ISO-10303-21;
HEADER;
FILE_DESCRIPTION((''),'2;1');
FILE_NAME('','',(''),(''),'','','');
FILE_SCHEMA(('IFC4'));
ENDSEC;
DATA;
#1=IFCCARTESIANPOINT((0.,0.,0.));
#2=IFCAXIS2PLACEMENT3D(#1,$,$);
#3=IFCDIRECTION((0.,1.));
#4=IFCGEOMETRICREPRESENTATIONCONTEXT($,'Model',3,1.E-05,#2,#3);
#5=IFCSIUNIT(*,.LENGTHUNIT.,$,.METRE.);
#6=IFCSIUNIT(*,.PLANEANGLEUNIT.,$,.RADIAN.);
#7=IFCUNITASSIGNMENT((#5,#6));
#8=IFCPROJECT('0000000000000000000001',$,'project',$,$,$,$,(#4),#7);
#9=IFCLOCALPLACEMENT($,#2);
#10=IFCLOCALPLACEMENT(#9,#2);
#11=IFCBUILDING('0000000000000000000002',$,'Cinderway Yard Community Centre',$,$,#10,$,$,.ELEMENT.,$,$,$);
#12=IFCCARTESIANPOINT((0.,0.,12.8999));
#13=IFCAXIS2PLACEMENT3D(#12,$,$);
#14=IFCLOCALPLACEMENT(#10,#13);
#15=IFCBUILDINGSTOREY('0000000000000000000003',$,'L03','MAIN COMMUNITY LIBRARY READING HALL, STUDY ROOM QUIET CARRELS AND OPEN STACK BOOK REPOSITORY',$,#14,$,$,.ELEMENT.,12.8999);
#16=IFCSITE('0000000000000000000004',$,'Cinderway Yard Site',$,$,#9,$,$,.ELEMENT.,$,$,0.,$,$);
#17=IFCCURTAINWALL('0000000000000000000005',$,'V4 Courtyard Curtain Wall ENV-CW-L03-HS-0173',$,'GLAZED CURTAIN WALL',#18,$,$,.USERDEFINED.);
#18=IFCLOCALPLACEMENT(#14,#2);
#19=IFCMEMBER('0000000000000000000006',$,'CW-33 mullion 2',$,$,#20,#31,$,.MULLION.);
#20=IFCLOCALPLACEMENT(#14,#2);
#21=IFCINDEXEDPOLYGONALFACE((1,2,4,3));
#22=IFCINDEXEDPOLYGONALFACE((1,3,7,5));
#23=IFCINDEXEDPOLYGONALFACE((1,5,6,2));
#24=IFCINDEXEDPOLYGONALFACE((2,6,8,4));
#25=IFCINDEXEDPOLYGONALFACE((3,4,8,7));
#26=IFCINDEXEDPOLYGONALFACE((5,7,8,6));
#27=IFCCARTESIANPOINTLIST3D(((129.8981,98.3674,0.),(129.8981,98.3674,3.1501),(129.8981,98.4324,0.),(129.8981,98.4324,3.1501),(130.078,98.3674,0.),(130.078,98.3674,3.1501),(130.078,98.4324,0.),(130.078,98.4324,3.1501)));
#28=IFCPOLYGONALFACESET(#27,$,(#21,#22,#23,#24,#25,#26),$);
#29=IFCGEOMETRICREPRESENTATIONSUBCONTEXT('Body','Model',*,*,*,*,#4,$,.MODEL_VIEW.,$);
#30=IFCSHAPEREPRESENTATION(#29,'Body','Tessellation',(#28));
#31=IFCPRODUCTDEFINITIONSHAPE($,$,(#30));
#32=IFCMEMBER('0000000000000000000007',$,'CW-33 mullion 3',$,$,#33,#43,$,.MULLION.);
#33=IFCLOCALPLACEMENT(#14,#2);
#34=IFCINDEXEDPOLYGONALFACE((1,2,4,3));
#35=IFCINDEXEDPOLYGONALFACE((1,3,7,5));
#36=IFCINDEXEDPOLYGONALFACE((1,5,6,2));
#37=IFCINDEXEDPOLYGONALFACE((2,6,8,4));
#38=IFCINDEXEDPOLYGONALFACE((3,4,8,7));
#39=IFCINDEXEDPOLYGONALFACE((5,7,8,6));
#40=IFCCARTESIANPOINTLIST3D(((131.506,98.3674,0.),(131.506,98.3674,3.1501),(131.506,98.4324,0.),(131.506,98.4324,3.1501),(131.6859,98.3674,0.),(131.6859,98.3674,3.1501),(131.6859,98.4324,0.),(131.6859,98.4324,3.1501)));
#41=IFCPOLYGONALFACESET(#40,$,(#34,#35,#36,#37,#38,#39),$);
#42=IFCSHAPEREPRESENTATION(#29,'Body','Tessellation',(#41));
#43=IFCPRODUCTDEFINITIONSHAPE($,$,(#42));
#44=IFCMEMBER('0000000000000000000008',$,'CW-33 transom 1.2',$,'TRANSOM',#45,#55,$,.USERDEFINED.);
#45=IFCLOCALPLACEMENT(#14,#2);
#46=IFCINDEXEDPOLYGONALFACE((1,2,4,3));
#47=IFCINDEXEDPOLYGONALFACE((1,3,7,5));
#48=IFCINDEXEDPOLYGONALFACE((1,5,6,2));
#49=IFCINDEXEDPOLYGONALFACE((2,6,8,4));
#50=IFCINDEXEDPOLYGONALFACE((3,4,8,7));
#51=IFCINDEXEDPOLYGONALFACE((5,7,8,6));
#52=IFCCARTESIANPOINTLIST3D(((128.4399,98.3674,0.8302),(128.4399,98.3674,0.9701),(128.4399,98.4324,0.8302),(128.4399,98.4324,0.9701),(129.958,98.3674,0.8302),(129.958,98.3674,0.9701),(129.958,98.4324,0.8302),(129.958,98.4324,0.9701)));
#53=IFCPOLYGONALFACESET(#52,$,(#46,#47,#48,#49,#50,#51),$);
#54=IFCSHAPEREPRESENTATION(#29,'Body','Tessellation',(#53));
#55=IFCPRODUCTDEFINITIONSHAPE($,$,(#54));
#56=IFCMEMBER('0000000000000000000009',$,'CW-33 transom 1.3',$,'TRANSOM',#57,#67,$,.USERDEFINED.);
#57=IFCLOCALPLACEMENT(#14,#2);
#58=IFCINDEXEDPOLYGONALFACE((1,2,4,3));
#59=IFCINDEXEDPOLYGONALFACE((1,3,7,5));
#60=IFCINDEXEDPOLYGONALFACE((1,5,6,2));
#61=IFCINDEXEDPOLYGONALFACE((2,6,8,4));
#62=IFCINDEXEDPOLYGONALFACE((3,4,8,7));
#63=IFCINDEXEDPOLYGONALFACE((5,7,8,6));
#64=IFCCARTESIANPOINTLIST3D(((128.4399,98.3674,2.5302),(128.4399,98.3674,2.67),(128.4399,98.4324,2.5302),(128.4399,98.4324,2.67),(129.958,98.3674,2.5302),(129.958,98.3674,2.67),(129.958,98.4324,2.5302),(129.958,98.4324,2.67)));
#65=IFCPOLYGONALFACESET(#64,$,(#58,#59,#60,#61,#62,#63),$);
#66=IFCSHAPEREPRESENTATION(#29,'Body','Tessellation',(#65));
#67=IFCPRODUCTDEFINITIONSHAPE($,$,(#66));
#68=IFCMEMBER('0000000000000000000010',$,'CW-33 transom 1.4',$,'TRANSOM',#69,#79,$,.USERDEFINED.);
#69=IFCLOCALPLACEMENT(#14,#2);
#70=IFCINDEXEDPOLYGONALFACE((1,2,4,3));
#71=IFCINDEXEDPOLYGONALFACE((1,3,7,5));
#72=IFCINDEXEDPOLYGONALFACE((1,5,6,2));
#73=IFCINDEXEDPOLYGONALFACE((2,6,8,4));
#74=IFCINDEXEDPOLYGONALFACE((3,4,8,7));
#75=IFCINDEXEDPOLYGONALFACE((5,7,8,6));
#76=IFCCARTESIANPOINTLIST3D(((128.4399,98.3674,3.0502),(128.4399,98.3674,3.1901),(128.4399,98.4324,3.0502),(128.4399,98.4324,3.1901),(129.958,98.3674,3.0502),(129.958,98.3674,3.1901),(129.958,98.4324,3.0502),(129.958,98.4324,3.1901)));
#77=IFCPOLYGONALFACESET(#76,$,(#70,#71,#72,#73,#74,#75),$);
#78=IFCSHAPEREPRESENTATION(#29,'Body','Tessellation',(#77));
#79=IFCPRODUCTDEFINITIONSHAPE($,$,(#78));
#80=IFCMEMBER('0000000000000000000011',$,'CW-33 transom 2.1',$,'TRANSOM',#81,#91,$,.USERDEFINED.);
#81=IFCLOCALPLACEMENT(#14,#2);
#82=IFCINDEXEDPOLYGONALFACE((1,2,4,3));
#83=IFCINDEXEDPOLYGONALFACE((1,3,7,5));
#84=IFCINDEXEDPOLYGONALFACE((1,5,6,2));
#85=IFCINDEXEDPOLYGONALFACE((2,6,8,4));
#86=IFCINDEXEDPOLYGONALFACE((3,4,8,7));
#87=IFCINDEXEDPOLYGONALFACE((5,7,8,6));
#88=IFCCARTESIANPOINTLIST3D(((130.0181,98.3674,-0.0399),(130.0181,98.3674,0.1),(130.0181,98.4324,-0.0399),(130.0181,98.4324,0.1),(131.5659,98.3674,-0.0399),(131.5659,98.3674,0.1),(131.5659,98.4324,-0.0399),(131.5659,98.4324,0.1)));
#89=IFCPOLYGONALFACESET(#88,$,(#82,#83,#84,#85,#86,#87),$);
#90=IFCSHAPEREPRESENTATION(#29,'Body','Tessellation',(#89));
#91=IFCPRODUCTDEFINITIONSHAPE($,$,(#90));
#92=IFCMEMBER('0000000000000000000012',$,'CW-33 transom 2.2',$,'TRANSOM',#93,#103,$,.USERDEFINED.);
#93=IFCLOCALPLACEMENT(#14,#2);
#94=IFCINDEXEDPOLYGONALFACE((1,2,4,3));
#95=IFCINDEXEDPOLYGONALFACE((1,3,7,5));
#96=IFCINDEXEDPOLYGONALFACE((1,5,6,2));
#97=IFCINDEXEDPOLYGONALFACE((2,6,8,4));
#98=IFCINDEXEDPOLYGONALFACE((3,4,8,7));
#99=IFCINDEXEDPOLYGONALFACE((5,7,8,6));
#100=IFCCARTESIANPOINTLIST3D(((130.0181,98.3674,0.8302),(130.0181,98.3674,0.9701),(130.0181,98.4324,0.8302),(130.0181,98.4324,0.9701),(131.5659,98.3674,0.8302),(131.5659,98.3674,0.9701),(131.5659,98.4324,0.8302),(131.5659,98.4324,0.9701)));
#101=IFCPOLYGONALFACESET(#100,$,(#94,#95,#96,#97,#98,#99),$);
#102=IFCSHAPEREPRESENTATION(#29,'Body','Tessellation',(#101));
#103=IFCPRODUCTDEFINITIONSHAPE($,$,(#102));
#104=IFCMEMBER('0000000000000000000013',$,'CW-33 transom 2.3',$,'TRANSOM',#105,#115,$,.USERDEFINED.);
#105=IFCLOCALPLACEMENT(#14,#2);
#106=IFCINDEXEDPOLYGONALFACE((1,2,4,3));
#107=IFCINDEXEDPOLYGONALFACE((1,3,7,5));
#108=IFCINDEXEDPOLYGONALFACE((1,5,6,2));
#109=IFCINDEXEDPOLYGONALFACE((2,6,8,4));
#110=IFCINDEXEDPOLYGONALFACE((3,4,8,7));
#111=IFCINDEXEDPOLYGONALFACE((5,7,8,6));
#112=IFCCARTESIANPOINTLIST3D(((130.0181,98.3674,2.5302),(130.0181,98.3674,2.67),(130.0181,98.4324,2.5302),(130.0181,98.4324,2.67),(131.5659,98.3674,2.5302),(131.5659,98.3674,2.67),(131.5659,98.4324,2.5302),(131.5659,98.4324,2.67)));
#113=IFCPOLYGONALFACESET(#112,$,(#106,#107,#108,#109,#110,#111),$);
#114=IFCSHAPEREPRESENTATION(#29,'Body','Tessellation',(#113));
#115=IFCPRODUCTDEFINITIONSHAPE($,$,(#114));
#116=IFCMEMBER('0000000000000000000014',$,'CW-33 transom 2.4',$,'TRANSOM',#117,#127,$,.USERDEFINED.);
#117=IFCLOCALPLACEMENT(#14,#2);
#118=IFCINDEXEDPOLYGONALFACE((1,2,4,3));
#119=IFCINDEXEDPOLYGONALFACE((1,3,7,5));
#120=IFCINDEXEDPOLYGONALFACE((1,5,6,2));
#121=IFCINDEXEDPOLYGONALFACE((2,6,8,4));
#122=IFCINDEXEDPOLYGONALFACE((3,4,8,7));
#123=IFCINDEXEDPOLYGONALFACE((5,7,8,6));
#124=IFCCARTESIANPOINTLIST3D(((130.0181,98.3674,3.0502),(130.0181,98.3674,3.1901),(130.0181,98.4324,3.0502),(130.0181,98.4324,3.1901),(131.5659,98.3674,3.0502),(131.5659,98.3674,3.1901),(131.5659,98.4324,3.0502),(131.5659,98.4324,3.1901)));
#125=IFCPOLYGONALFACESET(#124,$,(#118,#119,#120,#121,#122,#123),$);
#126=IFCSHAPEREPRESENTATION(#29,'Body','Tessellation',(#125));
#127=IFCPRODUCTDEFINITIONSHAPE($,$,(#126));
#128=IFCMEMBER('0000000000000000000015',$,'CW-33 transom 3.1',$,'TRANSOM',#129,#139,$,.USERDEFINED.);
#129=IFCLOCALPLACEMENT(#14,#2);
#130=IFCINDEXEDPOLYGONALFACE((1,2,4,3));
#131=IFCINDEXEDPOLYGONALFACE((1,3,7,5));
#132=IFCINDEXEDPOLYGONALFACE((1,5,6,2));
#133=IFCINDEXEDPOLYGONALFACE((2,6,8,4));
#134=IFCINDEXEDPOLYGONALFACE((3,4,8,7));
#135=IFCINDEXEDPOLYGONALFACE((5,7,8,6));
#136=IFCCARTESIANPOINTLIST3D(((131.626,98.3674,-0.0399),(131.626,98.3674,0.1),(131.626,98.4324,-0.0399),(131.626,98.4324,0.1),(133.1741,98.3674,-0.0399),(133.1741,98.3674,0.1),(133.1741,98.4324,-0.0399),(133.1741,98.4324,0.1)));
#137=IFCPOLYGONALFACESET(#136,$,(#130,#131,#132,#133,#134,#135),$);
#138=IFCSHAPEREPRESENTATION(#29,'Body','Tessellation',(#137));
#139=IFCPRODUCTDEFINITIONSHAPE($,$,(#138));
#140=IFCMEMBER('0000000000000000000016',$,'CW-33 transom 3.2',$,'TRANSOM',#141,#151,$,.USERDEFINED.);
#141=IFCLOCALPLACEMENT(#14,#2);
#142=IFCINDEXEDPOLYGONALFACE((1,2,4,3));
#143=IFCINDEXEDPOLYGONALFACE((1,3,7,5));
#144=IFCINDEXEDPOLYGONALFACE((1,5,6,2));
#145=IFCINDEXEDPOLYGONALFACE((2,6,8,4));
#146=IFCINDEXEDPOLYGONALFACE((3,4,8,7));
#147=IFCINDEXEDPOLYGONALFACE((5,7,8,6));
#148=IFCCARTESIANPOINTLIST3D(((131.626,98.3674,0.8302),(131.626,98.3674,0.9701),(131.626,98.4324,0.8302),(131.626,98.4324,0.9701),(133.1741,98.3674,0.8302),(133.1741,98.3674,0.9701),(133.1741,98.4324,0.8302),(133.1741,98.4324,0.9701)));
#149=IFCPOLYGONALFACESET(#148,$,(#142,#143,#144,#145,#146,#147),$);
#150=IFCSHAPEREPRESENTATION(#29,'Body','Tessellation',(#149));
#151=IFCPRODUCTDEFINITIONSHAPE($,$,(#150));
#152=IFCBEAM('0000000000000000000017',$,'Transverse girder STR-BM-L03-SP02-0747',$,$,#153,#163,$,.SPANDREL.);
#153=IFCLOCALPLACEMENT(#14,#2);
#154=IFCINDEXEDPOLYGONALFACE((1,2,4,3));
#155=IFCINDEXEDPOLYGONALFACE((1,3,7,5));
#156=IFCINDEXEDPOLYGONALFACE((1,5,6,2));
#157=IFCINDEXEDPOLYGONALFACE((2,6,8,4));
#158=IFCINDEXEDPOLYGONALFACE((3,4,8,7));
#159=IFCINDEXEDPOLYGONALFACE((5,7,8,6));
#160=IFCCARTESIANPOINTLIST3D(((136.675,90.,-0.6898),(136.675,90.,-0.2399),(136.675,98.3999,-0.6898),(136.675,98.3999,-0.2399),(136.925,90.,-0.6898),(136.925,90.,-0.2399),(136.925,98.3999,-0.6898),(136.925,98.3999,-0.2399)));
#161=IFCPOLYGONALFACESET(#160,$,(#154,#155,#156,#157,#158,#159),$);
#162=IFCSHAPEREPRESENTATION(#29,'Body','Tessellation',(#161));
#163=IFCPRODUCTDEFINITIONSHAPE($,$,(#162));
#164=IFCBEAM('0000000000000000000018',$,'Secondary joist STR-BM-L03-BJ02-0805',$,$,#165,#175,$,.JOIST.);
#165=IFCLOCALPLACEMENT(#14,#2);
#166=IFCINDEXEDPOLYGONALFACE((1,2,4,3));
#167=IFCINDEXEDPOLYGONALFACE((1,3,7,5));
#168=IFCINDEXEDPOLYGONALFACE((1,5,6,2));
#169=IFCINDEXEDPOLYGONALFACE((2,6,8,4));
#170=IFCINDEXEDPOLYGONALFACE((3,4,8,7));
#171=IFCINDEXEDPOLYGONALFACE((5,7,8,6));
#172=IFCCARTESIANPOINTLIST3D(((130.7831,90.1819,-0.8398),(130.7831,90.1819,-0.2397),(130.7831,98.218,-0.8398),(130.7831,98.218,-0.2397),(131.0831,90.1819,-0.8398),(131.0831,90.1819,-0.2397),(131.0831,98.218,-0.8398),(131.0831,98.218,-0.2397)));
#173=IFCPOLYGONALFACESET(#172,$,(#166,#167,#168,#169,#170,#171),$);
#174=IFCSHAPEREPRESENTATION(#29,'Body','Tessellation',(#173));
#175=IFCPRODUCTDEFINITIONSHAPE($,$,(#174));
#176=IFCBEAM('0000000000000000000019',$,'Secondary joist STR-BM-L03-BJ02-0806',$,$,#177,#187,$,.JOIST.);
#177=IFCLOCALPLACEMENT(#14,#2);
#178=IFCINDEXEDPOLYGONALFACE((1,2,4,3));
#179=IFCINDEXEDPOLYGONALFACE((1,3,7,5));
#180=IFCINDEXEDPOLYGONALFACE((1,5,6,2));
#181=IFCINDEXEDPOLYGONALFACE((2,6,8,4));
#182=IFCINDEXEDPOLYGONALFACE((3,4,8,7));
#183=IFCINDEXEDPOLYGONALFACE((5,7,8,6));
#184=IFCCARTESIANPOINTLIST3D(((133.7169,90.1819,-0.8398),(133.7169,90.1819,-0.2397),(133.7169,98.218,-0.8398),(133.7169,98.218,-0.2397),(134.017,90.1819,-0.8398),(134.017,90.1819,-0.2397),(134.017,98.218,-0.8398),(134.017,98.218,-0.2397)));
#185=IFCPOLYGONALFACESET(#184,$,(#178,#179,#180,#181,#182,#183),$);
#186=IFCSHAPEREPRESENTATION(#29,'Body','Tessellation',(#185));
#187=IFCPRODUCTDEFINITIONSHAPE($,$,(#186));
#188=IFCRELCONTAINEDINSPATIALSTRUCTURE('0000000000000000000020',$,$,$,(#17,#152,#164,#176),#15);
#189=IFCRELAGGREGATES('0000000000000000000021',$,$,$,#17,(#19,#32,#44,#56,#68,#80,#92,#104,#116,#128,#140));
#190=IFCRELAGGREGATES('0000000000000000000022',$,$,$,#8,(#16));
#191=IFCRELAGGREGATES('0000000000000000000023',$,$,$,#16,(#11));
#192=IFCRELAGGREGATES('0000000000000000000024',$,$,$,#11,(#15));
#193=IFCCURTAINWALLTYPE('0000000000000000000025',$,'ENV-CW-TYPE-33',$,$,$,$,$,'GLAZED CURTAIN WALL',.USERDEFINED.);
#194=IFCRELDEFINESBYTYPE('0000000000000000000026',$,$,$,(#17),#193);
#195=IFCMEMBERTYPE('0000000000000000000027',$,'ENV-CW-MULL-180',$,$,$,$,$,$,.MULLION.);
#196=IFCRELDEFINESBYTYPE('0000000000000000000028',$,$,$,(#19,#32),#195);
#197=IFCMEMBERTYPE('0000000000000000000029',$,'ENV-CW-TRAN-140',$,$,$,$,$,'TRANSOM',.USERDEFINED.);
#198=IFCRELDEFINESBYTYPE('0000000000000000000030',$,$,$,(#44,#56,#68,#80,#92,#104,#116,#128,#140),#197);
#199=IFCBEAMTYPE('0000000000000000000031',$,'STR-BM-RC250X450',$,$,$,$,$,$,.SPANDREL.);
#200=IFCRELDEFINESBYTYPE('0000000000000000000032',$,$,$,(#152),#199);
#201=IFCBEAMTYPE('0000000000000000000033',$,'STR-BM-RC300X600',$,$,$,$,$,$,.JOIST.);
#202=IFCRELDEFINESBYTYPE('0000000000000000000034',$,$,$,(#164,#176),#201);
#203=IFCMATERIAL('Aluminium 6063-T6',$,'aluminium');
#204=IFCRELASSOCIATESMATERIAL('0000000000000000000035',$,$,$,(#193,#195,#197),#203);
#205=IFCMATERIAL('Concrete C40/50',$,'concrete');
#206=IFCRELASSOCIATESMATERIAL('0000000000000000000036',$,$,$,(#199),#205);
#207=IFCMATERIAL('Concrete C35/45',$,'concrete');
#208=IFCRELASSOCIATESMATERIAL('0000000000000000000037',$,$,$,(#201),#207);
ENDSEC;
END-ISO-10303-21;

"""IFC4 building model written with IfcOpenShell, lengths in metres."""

from ifc_helpers import new_model, si_unit, direction, frame, origin, origin_2d, place, context, subcontext, project, spatial, rectangle, extrude, material, material_profile, profile_set, type_object, element, aggregate, save


model = new_model("IFC4")

# Units and contexts
model_context = context("Model", 3, precision=1e-05, world=origin(), true_north=direction((0.0, 1.0)))
body_context = subcontext(model_context, "Body", "Model", "MODEL_VIEW")
ifc_project = project(units=[si_unit("LENGTHUNIT", "METRE"), si_unit("PLANEANGLEUNIT", "RADIAN")], contexts=[model_context])

# Site, building, storey
site_placement = place(None, origin())
site = spatial("IfcSite", under=ifc_project, at=site_placement, Name="Cinderway Yard Site", CompositionType="ELEMENT", RefElevation=0.0)
building_placement = place(site_placement, origin())
building = spatial("IfcBuilding", under=site, at=building_placement, Name="Cinderway Yard Community Centre", CompositionType="ELEMENT")
storey_placement = place(building_placement, frame((0.0, 0.0, 12.8999)))
storey = spatial("IfcBuildingStorey", under=building, at=storey_placement, Name="L03", Description="MAIN COMMUNITY LIBRARY READING HALL, STUDY ROOM QUIET CARRELS AND OPEN STACK BOOK REPOSITORY", CompositionType="ELEMENT", Elevation=12.8999)

# Curtain wall, members
ifc_material_1 = material(Name="Aluminium 6063-T6", Category="aluminium")
curtain_wall_type = type_object("IfcCurtainWallType", Name="ENV-CW-TYPE-33", ElementType="GLAZED CURTAIN WALL", PredefinedType="USERDEFINED", material=ifc_material_1)
curtain_wall_placement = place(storey_placement, origin())
curtain_wall = element("IfcCurtainWall", 1, at=curtain_wall_placement, inside=storey, type_object=curtain_wall_type, Name="V4 Courtyard Curtain Wall ENV-CW-L03-HS-0173", ObjectType="GLAZED CURTAIN WALL", PredefinedType="USERDEFINED")
ifc_material_profile_1 = material_profile(ifc_material_1, rectangle(XDim=0.0649, YDim=0.1799, at=origin_2d()), Name="Aluminium 6063-T6")
ifc_profile_set_1 = profile_set([ifc_material_profile_1], Name="Aluminium 6063-T6")
member_type_1 = type_object("IfcMemberType", Name="ENV-CW-MULL-180", PredefinedType="MULLION", material=ifc_profile_set_1)
member_1_placement = place(storey_placement, frame((129.988, 98.3999, 0.0), z_axis=(0.0, 0.0, 1.0), x_axis=(0.0, 1.0, 0.0)))
member_1 = element("IfcMember", 2, at=member_1_placement, type_object=member_type_1, Name="CW-33 mullion 2", PredefinedType="MULLION", context=body_context, shape_type="SweptSolid", body=[
    extrude(rectangle(XDim=0.0649, YDim=0.1799, at=origin_2d()), origin(), (0.0, 0.0, 1.0), 3.1501),
])
member_2_placement = place(storey_placement, frame((131.5959, 98.3999, 0.0), z_axis=(0.0, 0.0, 1.0), x_axis=(0.0, 1.0, 0.0)))
member_2 = element("IfcMember", 3, at=member_2_placement, type_object=member_type_1, Name="CW-33 mullion 3", PredefinedType="MULLION", context=body_context, shape_type="SweptSolid", body=[
    extrude(rectangle(XDim=0.0649, YDim=0.1799, at=origin_2d()), origin(), (0.0, 0.0, 1.0), 3.1501),
])
ifc_material_profile_2 = material_profile(ifc_material_1, rectangle(XDim=0.0649, YDim=0.1399, at=origin_2d()), Name="Aluminium 6063-T6")
ifc_profile_set_2 = profile_set([ifc_material_profile_2], Name="Aluminium 6063-T6")
member_type_2 = type_object("IfcMemberType", Name="ENV-CW-TRAN-140", ElementType="TRANSOM", PredefinedType="USERDEFINED", material=ifc_profile_set_2)
member_3_placement = place(storey_placement, frame((128.4399, 98.3999, 0.9001), z_axis=(1.0, 0.0, 0.0), x_axis=(0.0, 1.0, 0.0)))
member_3 = element("IfcMember", 4, at=member_3_placement, type_object=member_type_2, Name="CW-33 transom 1.2", ObjectType="TRANSOM", PredefinedType="USERDEFINED", context=body_context, shape_type="SweptSolid", body=[
    extrude(rectangle(XDim=0.0649, YDim=0.1399, at=origin_2d()), origin(), (0.0, 0.0, 1.0), 1.5181),
])
member_4_placement = place(storey_placement, frame((128.4399, 98.3999, 2.6001), z_axis=(1.0, 0.0, 0.0), x_axis=(0.0, 1.0, 0.0)))
member_4 = element("IfcMember", 5, at=member_4_placement, type_object=member_type_2, Name="CW-33 transom 1.3", ObjectType="TRANSOM", PredefinedType="USERDEFINED", context=body_context, shape_type="SweptSolid", body=[
    extrude(rectangle(XDim=0.0649, YDim=0.1399, at=origin_2d()), origin(), (0.0, 0.0, 1.0), 1.5181),
])
member_5_placement = place(storey_placement, frame((128.4399, 98.3999, 3.1201), z_axis=(1.0, 0.0, 0.0), x_axis=(0.0, 1.0, 0.0)))
member_5 = element("IfcMember", 6, at=member_5_placement, type_object=member_type_2, Name="CW-33 transom 1.4", ObjectType="TRANSOM", PredefinedType="USERDEFINED", context=body_context, shape_type="SweptSolid", body=[
    extrude(rectangle(XDim=0.0649, YDim=0.1399, at=origin_2d()), origin(), (0.0, 0.0, 1.0), 1.5181),
])
member_6_placement = place(storey_placement, frame((130.0181, 98.3999, 0.03), z_axis=(1.0, 0.0, 0.0), x_axis=(0.0, 1.0, 0.0)))
member_6 = element("IfcMember", 7, at=member_6_placement, type_object=member_type_2, Name="CW-33 transom 2.1", ObjectType="TRANSOM", PredefinedType="USERDEFINED", context=body_context, shape_type="SweptSolid", body=[
    extrude(rectangle(XDim=0.0649, YDim=0.1399, at=origin_2d()), origin(), (0.0, 0.0, 1.0), 1.5479),
])
member_7_placement = place(storey_placement, frame((130.0181, 98.3999, 0.9001), z_axis=(1.0, 0.0, 0.0), x_axis=(0.0, 1.0, 0.0)))
member_7 = element("IfcMember", 8, at=member_7_placement, type_object=member_type_2, Name="CW-33 transom 2.2", ObjectType="TRANSOM", PredefinedType="USERDEFINED", context=body_context, shape_type="SweptSolid", body=[
    extrude(rectangle(XDim=0.0649, YDim=0.1399, at=origin_2d()), origin(), (0.0, 0.0, 1.0), 1.5479),
])
member_8_placement = place(storey_placement, frame((130.0181, 98.3999, 2.6001), z_axis=(1.0, 0.0, 0.0), x_axis=(0.0, 1.0, 0.0)))
member_8 = element("IfcMember", 9, at=member_8_placement, type_object=member_type_2, Name="CW-33 transom 2.3", ObjectType="TRANSOM", PredefinedType="USERDEFINED", context=body_context, shape_type="SweptSolid", body=[
    extrude(rectangle(XDim=0.0649, YDim=0.1399, at=origin_2d()), origin(), (0.0, 0.0, 1.0), 1.5479),
])
member_9_placement = place(storey_placement, frame((130.0181, 98.3999, 3.1201), z_axis=(1.0, 0.0, 0.0), x_axis=(0.0, 1.0, 0.0)))
member_9 = element("IfcMember", 10, at=member_9_placement, type_object=member_type_2, Name="CW-33 transom 2.4", ObjectType="TRANSOM", PredefinedType="USERDEFINED", context=body_context, shape_type="SweptSolid", body=[
    extrude(rectangle(XDim=0.0649, YDim=0.1399, at=origin_2d()), origin(), (0.0, 0.0, 1.0), 1.5479),
])
member_10_placement = place(storey_placement, frame((131.626, 98.3999, 0.03), z_axis=(1.0, 0.0, 0.0), x_axis=(0.0, 1.0, 0.0)))
member_10 = element("IfcMember", 11, at=member_10_placement, type_object=member_type_2, Name="CW-33 transom 3.1", ObjectType="TRANSOM", PredefinedType="USERDEFINED", context=body_context, shape_type="SweptSolid", body=[
    extrude(rectangle(XDim=0.0649, YDim=0.1399, at=origin_2d()), origin(), (0.0, 0.0, 1.0), 1.5481),
])
member_11_placement = place(storey_placement, frame((131.626, 98.3999, 0.9001), z_axis=(1.0, 0.0, 0.0), x_axis=(0.0, 1.0, 0.0)))
member_11 = element("IfcMember", 12, at=member_11_placement, type_object=member_type_2, Name="CW-33 transom 3.2", ObjectType="TRANSOM", PredefinedType="USERDEFINED", context=body_context, shape_type="SweptSolid", body=[
    extrude(rectangle(XDim=0.0649, YDim=0.1399, at=origin_2d()), origin(), (0.0, 0.0, 1.0), 1.5481),
])

# Beams
ifc_material_2 = material(Name="Concrete C40/50", Category="concrete")
ifc_material_profile_3 = material_profile(ifc_material_2, rectangle(XDim=0.25, YDim=0.45, at=origin_2d()), Name="Concrete C40/50")
ifc_profile_set_3 = profile_set([ifc_material_profile_3], Name="Concrete C40/50")
beam_type_1 = type_object("IfcBeamType", Name="STR-BM-RC250X450", PredefinedType="SPANDREL", material=ifc_profile_set_3)
beam_placement = place(storey_placement, frame((136.8, 90.0, -0.4648), z_axis=(0.0, 1.0, 0.0), x_axis=(-1.0, 0.0, 0.0)))
element("IfcBeam", 13, at=beam_placement, inside=storey, type_object=beam_type_1, Name="Transverse girder STR-BM-L03-SP02-0747", PredefinedType="SPANDREL", context=body_context, shape_type="SweptSolid", body=[
    extrude(rectangle(XDim=0.25, YDim=0.45, at=origin_2d()), origin(), (0.0, 0.0, 1.0), 8.3999),
])
ifc_material_3 = material(Name="Concrete C35/45", Category="concrete")
ifc_material_profile_4 = material_profile(ifc_material_3, rectangle(XDim=0.3, YDim=0.6001, at=origin_2d()), Name="Concrete C35/45")
ifc_profile_set_4 = profile_set([ifc_material_profile_4], Name="Concrete C35/45")
beam_type_2 = type_object("IfcBeamType", Name="STR-BM-RC300X600", PredefinedType="JOIST", material=ifc_profile_set_4)
for number, where, z_axis, x_axis, name in (
    (14, (130.9331, 90.1819, -0.5398), (0.0, 1.0, 0.0), (-1.0, 0.0, 0.0), "Secondary joist STR-BM-L03-BJ02-0805"),
    (15, (133.8669, 90.1819, -0.5398), (0.0, 1.0, 0.0), (-1.0, 0.0, 0.0), "Secondary joist STR-BM-L03-BJ02-0806"),
):
    element("IfcBeam", number, at=place(storey_placement, frame(where, z_axis=z_axis, x_axis=x_axis)), inside=storey, type_object=beam_type_2, Name=name, PredefinedType="JOIST", context=body_context, shape_type="SweptSolid", body=[
        extrude(rectangle(XDim=0.3, YDim=0.6001, at=origin_2d()), origin(), (0.0, 0.0, 1.0), 8.0361),
    ])

aggregate(curtain_wall, [member_1, member_2, member_3, member_4, member_5, member_6, member_7, member_8, member_9, member_10, member_11])

save(model, "model.ifc")
